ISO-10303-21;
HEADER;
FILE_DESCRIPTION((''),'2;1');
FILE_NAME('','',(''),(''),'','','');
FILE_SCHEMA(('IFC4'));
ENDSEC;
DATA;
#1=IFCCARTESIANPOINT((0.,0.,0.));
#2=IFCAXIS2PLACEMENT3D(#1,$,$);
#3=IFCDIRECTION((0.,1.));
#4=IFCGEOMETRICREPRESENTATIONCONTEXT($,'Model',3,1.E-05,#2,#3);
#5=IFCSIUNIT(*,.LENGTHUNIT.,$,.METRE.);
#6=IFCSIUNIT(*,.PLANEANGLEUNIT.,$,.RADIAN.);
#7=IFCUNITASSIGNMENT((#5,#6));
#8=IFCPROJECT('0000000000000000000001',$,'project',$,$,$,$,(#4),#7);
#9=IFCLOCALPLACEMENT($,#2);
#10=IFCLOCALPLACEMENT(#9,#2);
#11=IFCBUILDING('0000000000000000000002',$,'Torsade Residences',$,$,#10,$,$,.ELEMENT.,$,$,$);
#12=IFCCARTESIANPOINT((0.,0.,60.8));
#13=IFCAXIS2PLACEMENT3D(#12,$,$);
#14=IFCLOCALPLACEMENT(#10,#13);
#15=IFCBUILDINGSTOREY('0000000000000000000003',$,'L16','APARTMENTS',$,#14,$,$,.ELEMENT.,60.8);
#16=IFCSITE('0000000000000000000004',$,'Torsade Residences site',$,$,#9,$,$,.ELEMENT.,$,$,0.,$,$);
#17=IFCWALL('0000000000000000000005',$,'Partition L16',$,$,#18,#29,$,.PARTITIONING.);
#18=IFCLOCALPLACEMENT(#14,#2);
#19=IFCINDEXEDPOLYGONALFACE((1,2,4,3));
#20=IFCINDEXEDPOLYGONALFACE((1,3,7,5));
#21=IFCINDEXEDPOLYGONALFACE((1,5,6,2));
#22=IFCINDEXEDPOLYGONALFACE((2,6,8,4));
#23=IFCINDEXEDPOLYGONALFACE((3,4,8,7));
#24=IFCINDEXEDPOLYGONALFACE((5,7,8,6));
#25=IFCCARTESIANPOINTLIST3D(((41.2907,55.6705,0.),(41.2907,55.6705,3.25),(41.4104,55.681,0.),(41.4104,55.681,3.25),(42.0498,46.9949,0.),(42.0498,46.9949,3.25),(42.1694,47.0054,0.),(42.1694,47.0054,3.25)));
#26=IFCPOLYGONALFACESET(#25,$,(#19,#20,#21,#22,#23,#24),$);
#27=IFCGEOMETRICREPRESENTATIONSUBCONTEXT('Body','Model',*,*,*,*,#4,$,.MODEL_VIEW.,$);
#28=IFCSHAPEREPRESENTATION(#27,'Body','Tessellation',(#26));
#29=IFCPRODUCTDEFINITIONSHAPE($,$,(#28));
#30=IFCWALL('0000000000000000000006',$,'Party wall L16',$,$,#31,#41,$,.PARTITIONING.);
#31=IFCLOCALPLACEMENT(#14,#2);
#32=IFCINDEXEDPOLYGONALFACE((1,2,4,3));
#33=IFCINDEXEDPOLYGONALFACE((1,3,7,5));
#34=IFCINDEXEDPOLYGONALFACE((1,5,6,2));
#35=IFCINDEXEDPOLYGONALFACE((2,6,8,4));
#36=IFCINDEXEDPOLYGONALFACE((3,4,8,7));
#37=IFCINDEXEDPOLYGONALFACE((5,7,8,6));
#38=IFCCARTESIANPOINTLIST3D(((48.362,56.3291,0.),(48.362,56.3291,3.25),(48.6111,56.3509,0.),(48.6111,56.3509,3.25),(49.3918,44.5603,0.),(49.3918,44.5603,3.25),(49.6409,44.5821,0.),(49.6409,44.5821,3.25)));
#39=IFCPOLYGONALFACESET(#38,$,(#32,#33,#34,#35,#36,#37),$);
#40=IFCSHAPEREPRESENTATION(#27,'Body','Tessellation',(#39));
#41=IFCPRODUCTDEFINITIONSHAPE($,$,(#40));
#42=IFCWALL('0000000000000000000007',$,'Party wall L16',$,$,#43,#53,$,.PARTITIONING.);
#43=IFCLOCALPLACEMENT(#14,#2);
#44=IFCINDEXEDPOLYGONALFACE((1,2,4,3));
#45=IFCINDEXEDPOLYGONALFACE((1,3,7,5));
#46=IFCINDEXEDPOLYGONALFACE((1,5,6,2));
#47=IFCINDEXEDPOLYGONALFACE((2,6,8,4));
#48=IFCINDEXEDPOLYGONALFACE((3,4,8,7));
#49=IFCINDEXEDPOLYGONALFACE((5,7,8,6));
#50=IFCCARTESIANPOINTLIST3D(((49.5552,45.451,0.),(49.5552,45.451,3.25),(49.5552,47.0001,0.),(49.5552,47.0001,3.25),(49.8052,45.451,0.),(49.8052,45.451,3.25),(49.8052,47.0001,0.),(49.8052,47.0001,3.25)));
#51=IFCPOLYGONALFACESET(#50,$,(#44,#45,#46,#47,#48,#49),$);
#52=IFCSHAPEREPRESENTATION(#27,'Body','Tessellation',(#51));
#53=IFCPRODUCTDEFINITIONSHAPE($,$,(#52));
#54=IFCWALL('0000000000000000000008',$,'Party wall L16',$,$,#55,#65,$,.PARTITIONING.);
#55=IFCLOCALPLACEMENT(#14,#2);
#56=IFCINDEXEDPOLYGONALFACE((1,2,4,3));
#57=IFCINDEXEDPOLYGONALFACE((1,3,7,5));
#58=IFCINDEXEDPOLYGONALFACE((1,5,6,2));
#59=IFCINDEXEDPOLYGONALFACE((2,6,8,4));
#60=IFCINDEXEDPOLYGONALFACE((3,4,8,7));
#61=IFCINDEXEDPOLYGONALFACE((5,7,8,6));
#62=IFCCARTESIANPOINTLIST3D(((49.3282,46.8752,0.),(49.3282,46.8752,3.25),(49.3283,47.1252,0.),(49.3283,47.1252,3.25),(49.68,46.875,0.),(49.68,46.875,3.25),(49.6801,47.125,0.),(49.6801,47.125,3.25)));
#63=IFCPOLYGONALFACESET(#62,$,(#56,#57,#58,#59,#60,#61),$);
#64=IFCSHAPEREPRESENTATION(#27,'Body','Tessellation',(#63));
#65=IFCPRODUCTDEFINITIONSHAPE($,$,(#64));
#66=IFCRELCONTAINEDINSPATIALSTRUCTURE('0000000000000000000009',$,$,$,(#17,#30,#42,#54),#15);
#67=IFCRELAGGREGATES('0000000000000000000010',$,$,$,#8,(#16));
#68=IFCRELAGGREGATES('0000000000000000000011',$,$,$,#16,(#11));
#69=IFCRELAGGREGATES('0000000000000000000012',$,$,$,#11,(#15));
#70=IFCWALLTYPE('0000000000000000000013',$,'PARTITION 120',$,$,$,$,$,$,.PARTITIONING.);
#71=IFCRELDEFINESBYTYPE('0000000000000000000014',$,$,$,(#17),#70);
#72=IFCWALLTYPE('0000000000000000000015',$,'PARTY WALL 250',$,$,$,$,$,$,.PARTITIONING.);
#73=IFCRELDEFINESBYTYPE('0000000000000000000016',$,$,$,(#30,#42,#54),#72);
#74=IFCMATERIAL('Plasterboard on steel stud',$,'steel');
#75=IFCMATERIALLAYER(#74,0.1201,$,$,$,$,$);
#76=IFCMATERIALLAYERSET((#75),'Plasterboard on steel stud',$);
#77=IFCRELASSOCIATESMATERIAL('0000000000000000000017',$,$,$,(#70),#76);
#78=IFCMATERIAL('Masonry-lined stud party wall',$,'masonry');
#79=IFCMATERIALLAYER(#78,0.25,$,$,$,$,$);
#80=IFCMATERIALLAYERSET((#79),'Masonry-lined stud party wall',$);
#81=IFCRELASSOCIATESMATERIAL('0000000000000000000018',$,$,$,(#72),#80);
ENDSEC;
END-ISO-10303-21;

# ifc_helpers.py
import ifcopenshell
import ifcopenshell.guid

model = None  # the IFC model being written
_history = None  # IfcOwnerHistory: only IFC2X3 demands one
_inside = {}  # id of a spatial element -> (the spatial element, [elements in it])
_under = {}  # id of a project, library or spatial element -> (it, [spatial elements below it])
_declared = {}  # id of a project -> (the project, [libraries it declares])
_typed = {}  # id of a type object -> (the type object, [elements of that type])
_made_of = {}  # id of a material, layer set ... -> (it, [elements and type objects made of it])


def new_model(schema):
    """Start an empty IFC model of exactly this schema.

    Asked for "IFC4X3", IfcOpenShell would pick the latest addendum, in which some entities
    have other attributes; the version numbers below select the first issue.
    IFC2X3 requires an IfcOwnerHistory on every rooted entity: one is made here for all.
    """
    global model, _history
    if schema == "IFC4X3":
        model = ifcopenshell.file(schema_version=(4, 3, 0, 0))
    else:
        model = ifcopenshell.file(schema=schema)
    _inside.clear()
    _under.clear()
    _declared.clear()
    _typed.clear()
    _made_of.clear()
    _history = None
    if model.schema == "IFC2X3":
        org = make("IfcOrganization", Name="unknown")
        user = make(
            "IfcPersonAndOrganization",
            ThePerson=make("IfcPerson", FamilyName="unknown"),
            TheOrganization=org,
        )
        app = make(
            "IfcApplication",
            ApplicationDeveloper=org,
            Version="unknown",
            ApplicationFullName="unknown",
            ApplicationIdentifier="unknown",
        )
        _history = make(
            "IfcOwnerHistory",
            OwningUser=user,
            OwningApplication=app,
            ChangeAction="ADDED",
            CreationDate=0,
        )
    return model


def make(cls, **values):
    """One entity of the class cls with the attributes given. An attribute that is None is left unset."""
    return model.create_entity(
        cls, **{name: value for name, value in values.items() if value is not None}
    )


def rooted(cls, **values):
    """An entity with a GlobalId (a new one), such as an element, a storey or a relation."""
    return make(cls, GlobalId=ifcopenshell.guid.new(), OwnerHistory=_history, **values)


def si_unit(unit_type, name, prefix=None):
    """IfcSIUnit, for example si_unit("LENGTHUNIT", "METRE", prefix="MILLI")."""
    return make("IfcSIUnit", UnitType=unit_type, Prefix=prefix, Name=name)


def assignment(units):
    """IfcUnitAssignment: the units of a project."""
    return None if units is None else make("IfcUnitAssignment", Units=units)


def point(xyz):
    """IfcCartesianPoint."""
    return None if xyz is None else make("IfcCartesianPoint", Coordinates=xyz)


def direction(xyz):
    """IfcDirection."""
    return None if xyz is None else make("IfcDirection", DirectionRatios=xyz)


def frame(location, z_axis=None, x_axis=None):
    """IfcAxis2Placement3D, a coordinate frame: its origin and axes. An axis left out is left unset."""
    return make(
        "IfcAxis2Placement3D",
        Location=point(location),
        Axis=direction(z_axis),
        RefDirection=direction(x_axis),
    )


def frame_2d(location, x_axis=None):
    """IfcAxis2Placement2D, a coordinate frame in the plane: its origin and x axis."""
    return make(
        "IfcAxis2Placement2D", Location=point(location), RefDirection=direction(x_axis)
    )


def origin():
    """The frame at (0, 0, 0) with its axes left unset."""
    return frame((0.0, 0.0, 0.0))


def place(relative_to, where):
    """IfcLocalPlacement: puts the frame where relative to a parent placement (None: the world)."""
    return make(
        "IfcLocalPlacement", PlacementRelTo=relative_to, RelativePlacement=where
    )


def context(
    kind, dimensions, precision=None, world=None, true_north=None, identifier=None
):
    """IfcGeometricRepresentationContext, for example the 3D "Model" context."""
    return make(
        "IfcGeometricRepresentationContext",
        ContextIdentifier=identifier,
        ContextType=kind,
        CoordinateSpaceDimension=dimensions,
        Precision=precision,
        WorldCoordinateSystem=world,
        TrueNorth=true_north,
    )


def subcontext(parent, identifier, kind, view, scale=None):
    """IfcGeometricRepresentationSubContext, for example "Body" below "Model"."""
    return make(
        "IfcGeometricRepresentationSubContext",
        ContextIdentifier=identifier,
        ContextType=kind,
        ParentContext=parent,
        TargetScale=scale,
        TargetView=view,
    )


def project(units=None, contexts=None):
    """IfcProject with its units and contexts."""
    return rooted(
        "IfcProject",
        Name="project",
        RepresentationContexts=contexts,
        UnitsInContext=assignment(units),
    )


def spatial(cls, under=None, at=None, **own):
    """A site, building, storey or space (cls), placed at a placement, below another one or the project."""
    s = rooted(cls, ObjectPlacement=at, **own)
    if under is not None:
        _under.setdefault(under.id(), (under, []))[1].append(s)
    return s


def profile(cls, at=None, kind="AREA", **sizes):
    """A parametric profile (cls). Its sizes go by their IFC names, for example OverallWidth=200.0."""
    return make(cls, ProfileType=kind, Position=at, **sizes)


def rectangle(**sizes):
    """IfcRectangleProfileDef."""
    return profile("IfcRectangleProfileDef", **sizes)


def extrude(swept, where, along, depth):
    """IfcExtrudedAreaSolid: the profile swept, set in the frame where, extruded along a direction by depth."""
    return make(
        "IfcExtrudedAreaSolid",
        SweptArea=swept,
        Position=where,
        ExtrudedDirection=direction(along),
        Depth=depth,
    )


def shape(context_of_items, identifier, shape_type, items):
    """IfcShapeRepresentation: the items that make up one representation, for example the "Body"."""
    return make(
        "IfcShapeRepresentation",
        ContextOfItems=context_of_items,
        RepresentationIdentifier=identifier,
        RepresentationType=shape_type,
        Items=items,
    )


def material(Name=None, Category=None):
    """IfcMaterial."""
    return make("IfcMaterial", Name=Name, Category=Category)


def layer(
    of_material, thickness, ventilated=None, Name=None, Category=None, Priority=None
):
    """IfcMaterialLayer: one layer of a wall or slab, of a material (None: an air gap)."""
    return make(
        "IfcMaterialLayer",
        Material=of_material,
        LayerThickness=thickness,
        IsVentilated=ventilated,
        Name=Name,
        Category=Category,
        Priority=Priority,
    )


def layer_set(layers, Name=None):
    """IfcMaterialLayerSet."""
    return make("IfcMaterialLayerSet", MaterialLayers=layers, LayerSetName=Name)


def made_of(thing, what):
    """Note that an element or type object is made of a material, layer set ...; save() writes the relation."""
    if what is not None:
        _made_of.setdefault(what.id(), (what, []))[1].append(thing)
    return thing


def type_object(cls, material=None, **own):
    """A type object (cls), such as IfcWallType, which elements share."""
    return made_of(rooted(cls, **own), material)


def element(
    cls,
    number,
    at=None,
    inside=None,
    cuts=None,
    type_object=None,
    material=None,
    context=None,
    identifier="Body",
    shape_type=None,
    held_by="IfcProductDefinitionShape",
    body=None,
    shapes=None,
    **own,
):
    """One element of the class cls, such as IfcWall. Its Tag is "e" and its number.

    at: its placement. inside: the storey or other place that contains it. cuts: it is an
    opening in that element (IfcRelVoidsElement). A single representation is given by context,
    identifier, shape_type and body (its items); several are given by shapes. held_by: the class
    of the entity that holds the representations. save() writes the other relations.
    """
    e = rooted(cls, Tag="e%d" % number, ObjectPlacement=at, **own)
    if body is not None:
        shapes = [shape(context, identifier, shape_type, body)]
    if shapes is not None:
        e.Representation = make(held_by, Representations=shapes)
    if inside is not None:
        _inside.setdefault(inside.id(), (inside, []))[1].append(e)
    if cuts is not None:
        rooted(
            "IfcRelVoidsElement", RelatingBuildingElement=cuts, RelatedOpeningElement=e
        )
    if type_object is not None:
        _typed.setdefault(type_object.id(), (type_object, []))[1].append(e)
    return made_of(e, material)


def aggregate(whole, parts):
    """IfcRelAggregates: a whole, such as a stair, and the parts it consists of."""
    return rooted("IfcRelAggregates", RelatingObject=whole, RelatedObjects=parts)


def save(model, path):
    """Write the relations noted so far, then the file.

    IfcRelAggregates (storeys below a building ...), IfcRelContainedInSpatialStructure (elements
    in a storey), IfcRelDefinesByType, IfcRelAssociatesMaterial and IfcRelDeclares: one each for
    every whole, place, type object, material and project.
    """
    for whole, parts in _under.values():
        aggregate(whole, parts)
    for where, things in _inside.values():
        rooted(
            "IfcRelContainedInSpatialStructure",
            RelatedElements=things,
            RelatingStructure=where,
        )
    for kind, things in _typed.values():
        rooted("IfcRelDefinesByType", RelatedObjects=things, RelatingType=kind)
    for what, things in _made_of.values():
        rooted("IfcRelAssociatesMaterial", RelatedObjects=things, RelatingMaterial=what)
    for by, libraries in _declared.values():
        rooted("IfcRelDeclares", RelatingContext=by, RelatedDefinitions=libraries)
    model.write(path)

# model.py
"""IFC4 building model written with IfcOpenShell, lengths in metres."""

from ifc_helpers import new_model, si_unit, direction, frame, frame_2d, origin, place, context, subcontext, project, spatial, rectangle, extrude, material, layer, layer_set, type_object, element, save


model = new_model("IFC4")

# Units and contexts
model_context = context("Model", 3, precision=1e-05, world=origin(), true_north=direction((0.0, 1.0)))
body_context = subcontext(model_context, "Body", "Model", "MODEL_VIEW")
ifc_project = project(units=[si_unit("LENGTHUNIT", "METRE"), si_unit("PLANEANGLEUNIT", "RADIAN")], contexts=[model_context])

# Site, building, storey
site_placement = place(None, origin())
site = spatial("IfcSite", under=ifc_project, at=site_placement, Name="Torsade Residences site", CompositionType="ELEMENT", RefElevation=0.0)
building_placement = place(site_placement, origin())
building = spatial("IfcBuilding", under=site, at=building_placement, Name="Torsade Residences", CompositionType="ELEMENT")
storey_placement = place(building_placement, frame((0.0, 0.0, 60.8)))
storey = spatial("IfcBuildingStorey", under=building, at=storey_placement, Name="L16", Description="APARTMENTS", CompositionType="ELEMENT", Elevation=60.8)

# Shared definitions
ifc_material_1 = material(Name="Plasterboard on steel stud", Category="steel")
ifc_layer_1 = layer(ifc_material_1, 0.1201)
ifc_layer_set_1 = layer_set([ifc_layer_1], Name="Plasterboard on steel stud")
wall_type_1 = type_object("IfcWallType", Name="PARTITION 120", PredefinedType="PARTITIONING", material=ifc_layer_set_1)

# Walls
wall_1_placement = place(storey_placement, frame((42.1096, 47.0, 0.0), z_axis=(0.0, 0.0, 1.0), x_axis=(-0.087158, 0.996194, 0.0)))
element("IfcWall", 1, at=wall_1_placement, inside=storey, type_object=wall_type_1, Name="Partition L16", PredefinedType="PARTITIONING", context=body_context, shape_type="SweptSolid", body=[
    extrude(rectangle(XDim=8.7087, YDim=0.1201, at=frame_2d((4.3545, 0.0))), origin(), (0.0, 0.0, 1.0), 3.25),
])
ifc_material_2 = material(Name="Masonry-lined stud party wall", Category="masonry")
ifc_layer_2 = layer(ifc_material_2, 0.25)
ifc_layer_set_2 = layer_set([ifc_layer_2], Name="Masonry-lined stud party wall")
wall_type_2 = type_object("IfcWallType", Name="PARTY WALL 250", PredefinedType="PARTITIONING", material=ifc_layer_set_2)
wall_2_placement = place(storey_placement, frame((48.4866, 56.3398, 0.0), z_axis=(0.0, 0.0, 1.0), x_axis=(0.087168, -0.996194, 0.0)))
element("IfcWall", 2, at=wall_2_placement, inside=storey, type_object=wall_type_2, Name="Party wall L16", PredefinedType="PARTITIONING", context=body_context, shape_type="SweptSolid", body=[
    extrude(rectangle(XDim=11.8137, YDim=0.25, at=frame_2d((5.9067, 0.0))), origin(), (0.0, 0.0, 1.0), 3.25),
])
wall_3_placement = place(storey_placement, frame((49.6802, 47.0, 0.0), z_axis=(0.0, 0.0, 1.0), x_axis=(0.0, -1.0, 0.0)))
element("IfcWall", 3, at=wall_3_placement, inside=storey, type_object=wall_type_2, Name="Party wall L16", PredefinedType="PARTITIONING", context=body_context, shape_type="SweptSolid", body=[
    extrude(rectangle(XDim=1.5491, YDim=0.25, at=frame_2d((0.7744, 0.0))), origin(), (0.0, 0.0, 1.0), 3.25),
])
wall_4_placement = place(storey_placement, frame((49.3284, 47.0002, 0.0), z_axis=(0.0, 0.0, 1.0), x_axis=(1.0, -0.000694, 0.0)))
element("IfcWall", 4, at=wall_4_placement, inside=storey, type_object=wall_type_2, Name="Party wall L16", PredefinedType="PARTITIONING", context=body_context, shape_type="SweptSolid", body=[
    extrude(rectangle(XDim=0.3518, YDim=0.25, at=frame_2d((0.1758, 0.0))), origin(), (0.0, 0.0, 1.0), 3.25),
])

save(model, "model.ifc")
